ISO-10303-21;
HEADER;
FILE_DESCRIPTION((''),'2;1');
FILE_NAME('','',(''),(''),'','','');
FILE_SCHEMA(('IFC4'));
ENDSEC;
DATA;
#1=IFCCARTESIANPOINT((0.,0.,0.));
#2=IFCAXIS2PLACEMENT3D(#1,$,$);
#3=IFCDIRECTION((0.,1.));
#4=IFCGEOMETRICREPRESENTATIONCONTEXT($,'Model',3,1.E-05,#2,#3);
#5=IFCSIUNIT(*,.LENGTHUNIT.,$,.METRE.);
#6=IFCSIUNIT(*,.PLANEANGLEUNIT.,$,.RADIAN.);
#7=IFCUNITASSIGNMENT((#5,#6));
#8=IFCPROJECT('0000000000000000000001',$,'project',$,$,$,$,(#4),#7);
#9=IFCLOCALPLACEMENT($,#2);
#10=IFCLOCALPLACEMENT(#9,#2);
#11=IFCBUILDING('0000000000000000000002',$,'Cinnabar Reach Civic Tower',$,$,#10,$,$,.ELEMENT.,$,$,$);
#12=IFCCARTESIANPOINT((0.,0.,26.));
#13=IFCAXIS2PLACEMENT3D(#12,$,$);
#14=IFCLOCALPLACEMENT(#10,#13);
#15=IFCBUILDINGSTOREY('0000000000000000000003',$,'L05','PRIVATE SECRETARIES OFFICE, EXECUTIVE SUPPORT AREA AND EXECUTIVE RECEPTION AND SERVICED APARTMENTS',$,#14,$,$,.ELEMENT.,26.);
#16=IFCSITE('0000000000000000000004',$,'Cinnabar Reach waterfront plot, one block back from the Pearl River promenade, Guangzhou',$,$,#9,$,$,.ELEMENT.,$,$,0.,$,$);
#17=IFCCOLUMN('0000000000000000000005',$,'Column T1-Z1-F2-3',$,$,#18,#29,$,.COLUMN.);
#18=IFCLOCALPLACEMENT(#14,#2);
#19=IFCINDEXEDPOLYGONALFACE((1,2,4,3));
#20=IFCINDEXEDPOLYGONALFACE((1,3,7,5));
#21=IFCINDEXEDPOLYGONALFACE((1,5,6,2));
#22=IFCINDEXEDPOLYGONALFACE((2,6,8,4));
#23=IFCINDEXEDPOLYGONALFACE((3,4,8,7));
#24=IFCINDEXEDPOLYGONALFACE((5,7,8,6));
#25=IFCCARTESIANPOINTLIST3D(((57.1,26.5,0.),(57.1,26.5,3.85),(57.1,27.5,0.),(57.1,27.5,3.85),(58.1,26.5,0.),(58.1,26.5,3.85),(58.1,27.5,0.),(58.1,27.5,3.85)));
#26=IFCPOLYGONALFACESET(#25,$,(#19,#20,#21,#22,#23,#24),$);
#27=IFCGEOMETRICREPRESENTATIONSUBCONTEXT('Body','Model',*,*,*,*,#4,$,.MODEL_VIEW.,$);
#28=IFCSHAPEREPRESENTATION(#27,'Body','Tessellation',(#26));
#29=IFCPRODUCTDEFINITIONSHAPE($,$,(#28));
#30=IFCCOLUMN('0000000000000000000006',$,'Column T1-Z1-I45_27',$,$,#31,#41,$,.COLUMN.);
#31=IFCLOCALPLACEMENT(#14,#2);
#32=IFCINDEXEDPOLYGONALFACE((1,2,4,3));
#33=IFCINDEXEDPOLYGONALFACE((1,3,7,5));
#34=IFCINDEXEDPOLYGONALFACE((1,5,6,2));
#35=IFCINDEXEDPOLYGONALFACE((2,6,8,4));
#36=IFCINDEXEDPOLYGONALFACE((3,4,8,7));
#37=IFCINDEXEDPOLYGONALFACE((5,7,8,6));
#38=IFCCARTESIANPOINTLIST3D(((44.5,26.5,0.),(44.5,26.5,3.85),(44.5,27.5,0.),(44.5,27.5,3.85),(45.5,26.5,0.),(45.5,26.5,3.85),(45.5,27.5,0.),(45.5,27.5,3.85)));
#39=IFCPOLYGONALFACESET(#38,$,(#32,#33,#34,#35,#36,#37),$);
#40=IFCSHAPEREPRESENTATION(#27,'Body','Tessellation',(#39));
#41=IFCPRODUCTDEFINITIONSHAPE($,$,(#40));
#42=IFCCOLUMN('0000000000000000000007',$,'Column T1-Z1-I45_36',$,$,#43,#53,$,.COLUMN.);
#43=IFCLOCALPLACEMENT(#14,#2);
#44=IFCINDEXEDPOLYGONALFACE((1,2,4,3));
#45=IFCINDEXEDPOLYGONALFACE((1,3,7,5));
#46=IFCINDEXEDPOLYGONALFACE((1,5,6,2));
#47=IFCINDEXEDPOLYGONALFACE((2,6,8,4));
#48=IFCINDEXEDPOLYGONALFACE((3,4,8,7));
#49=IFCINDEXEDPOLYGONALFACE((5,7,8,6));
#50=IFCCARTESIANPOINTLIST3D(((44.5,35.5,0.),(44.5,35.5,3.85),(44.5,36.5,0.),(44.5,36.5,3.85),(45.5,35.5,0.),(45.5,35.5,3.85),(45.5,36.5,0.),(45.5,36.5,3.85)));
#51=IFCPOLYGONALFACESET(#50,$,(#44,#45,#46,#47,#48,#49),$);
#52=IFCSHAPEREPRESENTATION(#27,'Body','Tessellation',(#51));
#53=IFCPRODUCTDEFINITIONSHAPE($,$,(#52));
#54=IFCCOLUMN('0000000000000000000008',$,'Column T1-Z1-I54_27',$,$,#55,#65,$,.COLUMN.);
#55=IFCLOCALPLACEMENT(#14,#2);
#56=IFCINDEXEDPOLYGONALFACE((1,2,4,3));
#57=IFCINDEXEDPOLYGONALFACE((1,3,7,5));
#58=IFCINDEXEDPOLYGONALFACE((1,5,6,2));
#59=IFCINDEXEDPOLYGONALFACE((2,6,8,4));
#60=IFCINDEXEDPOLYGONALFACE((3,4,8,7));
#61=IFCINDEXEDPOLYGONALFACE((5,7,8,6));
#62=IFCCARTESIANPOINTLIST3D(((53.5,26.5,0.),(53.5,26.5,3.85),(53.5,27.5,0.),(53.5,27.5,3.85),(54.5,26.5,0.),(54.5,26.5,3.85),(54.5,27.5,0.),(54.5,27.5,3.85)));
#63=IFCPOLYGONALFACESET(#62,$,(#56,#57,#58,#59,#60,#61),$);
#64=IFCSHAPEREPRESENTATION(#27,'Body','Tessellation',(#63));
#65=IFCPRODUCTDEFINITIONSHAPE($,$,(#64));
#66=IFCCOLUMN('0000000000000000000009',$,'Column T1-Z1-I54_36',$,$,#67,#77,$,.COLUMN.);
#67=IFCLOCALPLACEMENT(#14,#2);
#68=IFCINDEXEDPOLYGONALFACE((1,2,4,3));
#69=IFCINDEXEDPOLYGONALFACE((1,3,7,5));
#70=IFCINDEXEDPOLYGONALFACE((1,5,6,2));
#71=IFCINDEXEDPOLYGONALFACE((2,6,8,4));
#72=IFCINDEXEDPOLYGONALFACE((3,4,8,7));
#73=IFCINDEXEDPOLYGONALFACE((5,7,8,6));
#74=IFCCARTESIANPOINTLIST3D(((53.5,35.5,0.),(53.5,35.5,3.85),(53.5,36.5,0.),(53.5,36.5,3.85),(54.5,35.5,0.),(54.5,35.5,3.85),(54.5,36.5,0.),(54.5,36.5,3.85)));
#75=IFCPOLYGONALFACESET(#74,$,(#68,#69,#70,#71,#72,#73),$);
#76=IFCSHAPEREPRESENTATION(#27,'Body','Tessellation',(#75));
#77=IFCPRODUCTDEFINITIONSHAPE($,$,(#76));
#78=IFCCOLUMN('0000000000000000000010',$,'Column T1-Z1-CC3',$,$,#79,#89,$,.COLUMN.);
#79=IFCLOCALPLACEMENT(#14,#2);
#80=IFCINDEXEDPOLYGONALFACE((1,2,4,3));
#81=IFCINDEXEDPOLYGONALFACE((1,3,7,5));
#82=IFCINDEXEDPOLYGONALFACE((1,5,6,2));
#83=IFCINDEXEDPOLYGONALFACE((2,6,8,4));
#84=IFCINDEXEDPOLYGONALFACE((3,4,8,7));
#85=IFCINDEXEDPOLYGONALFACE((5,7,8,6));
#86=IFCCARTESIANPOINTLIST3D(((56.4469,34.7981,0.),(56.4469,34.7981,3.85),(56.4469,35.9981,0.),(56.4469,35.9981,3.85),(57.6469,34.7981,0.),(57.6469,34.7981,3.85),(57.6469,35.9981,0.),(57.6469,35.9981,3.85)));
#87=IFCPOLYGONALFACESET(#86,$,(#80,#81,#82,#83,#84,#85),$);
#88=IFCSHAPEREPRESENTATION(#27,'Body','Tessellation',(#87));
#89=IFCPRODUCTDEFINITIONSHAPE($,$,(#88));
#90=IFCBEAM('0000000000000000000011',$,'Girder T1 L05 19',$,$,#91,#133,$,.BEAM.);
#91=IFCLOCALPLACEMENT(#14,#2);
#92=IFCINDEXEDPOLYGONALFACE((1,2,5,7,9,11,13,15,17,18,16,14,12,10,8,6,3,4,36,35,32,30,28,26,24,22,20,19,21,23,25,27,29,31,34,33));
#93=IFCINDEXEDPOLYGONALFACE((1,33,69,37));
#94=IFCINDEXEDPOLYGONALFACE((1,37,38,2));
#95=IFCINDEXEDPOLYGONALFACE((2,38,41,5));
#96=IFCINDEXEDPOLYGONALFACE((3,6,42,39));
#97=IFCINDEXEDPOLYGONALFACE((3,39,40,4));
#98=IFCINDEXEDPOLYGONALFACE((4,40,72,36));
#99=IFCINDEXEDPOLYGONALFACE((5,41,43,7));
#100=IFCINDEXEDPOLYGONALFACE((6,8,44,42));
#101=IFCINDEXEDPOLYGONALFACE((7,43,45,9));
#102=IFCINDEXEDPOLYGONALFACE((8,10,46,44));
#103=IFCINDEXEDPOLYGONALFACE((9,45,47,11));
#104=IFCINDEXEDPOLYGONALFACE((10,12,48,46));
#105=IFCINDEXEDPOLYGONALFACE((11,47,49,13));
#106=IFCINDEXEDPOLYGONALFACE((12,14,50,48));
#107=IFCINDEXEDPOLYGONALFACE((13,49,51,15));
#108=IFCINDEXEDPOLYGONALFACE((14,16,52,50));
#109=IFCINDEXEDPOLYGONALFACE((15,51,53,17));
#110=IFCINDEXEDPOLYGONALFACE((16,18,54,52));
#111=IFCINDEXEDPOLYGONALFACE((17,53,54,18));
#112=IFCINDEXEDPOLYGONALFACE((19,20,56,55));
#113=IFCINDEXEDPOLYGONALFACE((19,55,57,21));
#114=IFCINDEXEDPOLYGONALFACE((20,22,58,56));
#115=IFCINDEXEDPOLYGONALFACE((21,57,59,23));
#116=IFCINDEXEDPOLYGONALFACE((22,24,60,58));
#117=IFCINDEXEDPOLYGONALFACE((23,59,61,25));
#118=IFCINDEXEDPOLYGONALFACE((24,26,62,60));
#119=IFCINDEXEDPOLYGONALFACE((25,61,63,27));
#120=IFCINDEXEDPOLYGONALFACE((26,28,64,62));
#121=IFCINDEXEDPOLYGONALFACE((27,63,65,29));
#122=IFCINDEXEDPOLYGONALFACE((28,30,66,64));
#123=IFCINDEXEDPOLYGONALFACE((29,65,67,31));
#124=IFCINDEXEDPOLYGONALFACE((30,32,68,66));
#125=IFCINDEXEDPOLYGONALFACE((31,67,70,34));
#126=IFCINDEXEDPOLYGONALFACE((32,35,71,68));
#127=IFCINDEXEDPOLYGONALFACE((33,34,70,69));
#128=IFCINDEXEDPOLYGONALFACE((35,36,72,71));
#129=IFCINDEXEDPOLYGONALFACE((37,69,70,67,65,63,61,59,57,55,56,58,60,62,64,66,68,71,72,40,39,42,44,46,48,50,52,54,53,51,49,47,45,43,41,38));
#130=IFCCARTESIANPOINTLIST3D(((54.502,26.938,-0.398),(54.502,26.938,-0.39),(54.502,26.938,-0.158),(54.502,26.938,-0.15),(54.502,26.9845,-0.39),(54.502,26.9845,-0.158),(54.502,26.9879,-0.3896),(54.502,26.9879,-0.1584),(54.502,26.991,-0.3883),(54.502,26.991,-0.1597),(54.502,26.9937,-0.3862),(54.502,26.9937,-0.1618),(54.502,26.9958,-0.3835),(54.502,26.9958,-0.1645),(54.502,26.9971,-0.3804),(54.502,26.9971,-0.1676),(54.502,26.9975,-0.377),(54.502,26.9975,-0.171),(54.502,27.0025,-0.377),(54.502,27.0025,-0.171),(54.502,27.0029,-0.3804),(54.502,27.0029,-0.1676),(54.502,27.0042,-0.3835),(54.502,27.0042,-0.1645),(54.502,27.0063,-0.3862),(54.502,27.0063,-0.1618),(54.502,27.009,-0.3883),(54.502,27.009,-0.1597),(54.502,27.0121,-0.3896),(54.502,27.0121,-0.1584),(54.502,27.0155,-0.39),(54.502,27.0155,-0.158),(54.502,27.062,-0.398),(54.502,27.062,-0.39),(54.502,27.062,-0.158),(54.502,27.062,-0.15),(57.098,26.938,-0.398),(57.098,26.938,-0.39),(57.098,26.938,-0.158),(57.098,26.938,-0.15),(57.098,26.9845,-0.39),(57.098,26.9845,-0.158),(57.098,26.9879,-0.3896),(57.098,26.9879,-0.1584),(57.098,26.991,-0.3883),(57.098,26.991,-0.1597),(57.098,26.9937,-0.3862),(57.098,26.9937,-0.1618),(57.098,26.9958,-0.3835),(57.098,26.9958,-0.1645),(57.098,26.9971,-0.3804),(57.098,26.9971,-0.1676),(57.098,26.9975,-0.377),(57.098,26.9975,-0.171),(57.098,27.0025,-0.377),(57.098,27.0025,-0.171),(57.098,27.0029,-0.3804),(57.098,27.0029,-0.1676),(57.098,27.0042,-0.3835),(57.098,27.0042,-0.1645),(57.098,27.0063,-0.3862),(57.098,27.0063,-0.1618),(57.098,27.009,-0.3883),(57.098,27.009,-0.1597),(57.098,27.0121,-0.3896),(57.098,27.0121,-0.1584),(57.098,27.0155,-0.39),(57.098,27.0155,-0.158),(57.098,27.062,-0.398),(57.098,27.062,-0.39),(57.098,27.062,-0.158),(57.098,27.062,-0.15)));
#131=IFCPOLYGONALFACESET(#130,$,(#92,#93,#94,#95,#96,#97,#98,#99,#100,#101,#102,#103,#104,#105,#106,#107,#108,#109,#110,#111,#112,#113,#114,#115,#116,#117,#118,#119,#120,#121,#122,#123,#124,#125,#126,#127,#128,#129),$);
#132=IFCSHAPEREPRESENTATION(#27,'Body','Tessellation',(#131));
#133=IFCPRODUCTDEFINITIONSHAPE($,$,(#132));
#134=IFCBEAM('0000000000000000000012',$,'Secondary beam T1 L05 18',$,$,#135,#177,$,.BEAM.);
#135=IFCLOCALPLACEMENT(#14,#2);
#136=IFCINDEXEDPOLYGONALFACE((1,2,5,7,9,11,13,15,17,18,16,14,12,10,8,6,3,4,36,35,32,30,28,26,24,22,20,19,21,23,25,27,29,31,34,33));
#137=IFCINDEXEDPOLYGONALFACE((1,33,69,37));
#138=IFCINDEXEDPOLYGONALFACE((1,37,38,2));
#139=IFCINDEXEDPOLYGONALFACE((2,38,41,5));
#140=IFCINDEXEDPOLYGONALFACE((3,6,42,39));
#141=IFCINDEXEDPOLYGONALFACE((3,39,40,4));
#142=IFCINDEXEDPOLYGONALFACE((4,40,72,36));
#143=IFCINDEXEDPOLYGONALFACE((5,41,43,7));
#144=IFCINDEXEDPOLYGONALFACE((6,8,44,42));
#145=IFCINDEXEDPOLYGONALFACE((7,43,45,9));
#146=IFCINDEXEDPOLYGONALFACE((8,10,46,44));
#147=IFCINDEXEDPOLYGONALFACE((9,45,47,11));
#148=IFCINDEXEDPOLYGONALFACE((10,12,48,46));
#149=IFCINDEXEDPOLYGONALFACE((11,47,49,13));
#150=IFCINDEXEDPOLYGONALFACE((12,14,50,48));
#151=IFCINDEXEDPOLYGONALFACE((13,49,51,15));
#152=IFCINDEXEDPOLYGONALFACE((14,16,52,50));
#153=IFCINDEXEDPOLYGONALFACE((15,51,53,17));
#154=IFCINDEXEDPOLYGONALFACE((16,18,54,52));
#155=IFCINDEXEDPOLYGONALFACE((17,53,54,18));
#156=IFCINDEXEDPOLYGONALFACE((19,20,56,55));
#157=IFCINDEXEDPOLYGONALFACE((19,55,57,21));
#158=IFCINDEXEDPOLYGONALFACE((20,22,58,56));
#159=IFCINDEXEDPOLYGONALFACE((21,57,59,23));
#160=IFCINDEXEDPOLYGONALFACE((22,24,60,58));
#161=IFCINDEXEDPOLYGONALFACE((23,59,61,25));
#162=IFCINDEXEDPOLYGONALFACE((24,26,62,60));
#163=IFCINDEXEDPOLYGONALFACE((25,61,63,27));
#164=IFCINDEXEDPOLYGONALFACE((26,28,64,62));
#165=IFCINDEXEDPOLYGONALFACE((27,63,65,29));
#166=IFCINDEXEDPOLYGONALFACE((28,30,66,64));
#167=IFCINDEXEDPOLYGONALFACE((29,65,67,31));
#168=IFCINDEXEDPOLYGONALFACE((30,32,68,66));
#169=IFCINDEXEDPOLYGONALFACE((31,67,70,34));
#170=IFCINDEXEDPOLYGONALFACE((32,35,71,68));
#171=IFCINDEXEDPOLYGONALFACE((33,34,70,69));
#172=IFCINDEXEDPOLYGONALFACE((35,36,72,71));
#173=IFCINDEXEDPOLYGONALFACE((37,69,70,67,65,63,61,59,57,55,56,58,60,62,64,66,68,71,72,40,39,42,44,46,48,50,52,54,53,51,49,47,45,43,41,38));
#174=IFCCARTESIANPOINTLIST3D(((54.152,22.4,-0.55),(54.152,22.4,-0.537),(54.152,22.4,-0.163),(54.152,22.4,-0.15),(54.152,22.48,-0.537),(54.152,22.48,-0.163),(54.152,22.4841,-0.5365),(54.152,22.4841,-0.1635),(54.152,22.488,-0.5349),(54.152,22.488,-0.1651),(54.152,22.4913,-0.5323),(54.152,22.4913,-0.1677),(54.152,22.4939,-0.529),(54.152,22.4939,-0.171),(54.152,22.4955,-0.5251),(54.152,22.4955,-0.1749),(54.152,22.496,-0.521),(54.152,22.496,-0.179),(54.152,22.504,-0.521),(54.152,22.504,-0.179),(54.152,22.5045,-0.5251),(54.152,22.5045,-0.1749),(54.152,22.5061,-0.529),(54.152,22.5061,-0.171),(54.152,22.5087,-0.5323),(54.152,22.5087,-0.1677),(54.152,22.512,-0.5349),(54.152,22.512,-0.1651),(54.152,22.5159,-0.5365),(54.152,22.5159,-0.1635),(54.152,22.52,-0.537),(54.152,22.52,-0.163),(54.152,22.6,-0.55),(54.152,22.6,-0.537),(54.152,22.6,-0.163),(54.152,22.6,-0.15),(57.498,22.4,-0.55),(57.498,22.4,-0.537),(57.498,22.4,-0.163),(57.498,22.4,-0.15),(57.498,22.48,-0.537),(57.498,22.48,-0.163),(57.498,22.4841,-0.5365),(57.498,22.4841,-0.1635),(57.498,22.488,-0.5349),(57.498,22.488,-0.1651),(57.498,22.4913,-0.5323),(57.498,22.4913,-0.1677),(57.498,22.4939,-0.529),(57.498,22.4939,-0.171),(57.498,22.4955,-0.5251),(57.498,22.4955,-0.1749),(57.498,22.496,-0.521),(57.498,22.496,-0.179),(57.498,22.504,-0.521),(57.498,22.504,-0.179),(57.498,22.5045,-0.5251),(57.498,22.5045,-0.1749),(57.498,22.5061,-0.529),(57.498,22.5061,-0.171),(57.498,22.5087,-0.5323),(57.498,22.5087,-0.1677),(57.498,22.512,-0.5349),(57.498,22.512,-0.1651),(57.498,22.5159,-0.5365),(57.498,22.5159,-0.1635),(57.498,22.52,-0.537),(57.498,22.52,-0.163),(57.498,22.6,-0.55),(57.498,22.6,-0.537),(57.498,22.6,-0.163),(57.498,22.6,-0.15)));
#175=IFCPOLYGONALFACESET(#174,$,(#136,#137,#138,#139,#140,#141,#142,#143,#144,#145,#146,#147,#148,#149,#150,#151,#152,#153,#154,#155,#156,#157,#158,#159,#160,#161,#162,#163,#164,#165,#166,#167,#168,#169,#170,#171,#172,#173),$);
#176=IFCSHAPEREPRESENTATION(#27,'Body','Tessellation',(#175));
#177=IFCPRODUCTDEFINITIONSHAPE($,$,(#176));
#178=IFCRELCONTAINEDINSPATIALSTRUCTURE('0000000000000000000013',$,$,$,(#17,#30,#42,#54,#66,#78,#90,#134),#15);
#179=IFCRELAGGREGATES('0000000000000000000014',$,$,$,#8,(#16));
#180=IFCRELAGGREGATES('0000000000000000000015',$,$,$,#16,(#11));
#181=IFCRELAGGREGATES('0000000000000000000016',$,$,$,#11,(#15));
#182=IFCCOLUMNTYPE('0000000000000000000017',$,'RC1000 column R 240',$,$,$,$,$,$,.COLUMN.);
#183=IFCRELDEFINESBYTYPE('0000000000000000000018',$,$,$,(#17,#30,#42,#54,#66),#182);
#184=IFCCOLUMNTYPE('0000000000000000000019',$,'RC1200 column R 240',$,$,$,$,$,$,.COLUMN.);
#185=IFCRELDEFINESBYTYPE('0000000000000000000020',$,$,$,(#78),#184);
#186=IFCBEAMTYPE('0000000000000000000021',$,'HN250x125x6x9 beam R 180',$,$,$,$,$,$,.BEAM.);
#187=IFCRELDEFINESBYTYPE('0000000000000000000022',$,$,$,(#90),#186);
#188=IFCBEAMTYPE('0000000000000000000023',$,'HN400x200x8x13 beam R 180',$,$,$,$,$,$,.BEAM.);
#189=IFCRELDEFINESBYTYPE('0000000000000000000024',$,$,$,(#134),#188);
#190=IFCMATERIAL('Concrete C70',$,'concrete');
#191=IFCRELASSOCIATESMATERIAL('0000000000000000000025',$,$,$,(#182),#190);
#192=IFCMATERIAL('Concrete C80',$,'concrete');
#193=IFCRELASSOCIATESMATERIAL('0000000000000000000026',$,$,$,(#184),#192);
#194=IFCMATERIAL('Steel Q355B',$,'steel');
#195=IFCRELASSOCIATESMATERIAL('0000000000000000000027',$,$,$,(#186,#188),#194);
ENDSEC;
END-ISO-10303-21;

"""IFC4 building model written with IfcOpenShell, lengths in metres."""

from ifc_helpers import new_model, si_unit, direction, frame, origin, origin_2d, place, context, subcontext, project, spatial, rectangle, i_section, extrude, material, material_profile, profile_set, type_object, element, save


model = new_model("IFC4")

# Units and contexts
model_context = context("Model", 3, precision=1e-05, world=origin(), true_north=direction((0.0, 1.0)))
body_context = subcontext(model_context, "Body", "Model", "MODEL_VIEW")
ifc_project = project(units=[si_unit("LENGTHUNIT", "METRE"), si_unit("PLANEANGLEUNIT", "RADIAN")], contexts=[model_context])

# Site, building, storey
site_placement = place(None, origin())
site = spatial("IfcSite", under=ifc_project, at=site_placement, Name="Cinnabar Reach waterfront plot, one block back from the Pearl River promenade, Guangzhou", CompositionType="ELEMENT", RefElevation=0.0)
building_placement = place(site_placement, origin())
building = spatial("IfcBuilding", under=site, at=building_placement, Name="Cinnabar Reach Civic Tower", CompositionType="ELEMENT")
storey_placement = place(building_placement, frame((0.0, 0.0, 26.0)))
storey = spatial("IfcBuildingStorey", under=building, at=storey_placement, Name="L05", Description="PRIVATE SECRETARIES OFFICE, EXECUTIVE SUPPORT AREA AND EXECUTIVE RECEPTION AND SERVICED APARTMENTS", CompositionType="ELEMENT", Elevation=26.0)

# Columns
ifc_material_1 = material(Name="Concrete C70", Category="concrete")
ifc_material_profile_1 = material_profile(ifc_material_1, rectangle(XDim=1.0, YDim=1.0, at=origin_2d()), Name="RC1000")
ifc_profile_set_1 = profile_set([ifc_material_profile_1], Name="Concrete C70")
column_type_1 = type_object("IfcColumnType", Name="RC1000 column R 240", PredefinedType="COLUMN", material=ifc_profile_set_1)
for number, where, z_axis, x_axis, name in (
    (1, (57.6, 27.0, 0.0), (0.0, 0.0, 1.0), (1.0, 0.0, 0.0), "Column T1-Z1-F2-3"),
    (2, (45.0, 27.0, 0.0), (0.0, 0.0, 1.0), (1.0, 0.0, 0.0), "Column T1-Z1-I45_27"),
    (3, (45.0, 36.0, 0.0), (0.0, 0.0, 1.0), (1.0, 0.0, 0.0), "Column T1-Z1-I45_36"),
    (4, (54.0, 27.0, 0.0), (0.0, 0.0, 1.0), (1.0, 0.0, 0.0), "Column T1-Z1-I54_27"),
    (5, (54.0, 36.0, 0.0), (0.0, 0.0, 1.0), (1.0, 0.0, 0.0), "Column T1-Z1-I54_36"),
):
    element("IfcColumn", number, at=place(storey_placement, frame(where, z_axis=z_axis, x_axis=x_axis)), inside=storey, type_object=column_type_1, Name=name, PredefinedType="COLUMN", context=body_context, shape_type="SweptSolid", body=[
        extrude(rectangle(XDim=1.0, YDim=1.0, at=origin_2d()), origin(), (0.0, 0.0, 1.0), 3.85),
    ])
ifc_material_2 = material(Name="Concrete C80", Category="concrete")
ifc_material_profile_2 = material_profile(ifc_material_2, rectangle(XDim=1.2, YDim=1.2, at=origin_2d()), Name="RC1200")
ifc_profile_set_2 = profile_set([ifc_material_profile_2], Name="Concrete C80")
column_type_2 = type_object("IfcColumnType", Name="RC1200 column R 240", PredefinedType="COLUMN", material=ifc_profile_set_2)
column_placement = place(storey_placement, frame((57.0469, 35.3981, 0.0), z_axis=(0.0, 0.0, 1.0), x_axis=(1.0, 0.0, 0.0)))
element("IfcColumn", 6, at=column_placement, inside=storey, type_object=column_type_2, Name="Column T1-Z1-CC3", PredefinedType="COLUMN", context=body_context, shape_type="SweptSolid", body=[
    extrude(rectangle(XDim=1.2, YDim=1.2, at=origin_2d()), origin(), (0.0, 0.0, 1.0), 3.85),
])

# Beams
ifc_material_3 = material(Name="Steel Q355B", Category="steel")
ifc_material_profile_3 = material_profile(ifc_material_3, i_section(OverallWidth=0.124, OverallDepth=0.248, WebThickness=0.005, FlangeThickness=0.008, FilletRadius=0.013, at=origin_2d()), Name="HN250x125x6x9")
ifc_profile_set_3 = profile_set([ifc_material_profile_3], Name="Steel Q355B")
beam_type_1 = type_object("IfcBeamType", Name="HN250x125x6x9 beam R 180", PredefinedType="BEAM", material=ifc_profile_set_3)
beam_1_placement = place(storey_placement, frame((54.502, 27.0, -0.274), z_axis=(1.0, 0.0, 0.0), x_axis=(0.0, 1.0, 0.0)))
element("IfcBeam", 7, at=beam_1_placement, inside=storey, type_object=beam_type_1, Name="Girder T1 L05 19", PredefinedType="BEAM", context=body_context, shape_type="SweptSolid", body=[
    extrude(i_section(OverallWidth=0.124, OverallDepth=0.248, WebThickness=0.005, FlangeThickness=0.008, FilletRadius=0.013, at=origin_2d()), origin(), (0.0, 0.0, 1.0), 2.596),
])
ifc_material_profile_4 = material_profile(ifc_material_3, i_section(OverallWidth=0.2, OverallDepth=0.4, WebThickness=0.008, FlangeThickness=0.013, FilletRadius=0.016, at=origin_2d()), Name="HN400x200x8x13")
ifc_profile_set_4 = profile_set([ifc_material_profile_4], Name="Steel Q355B")
beam_type_2 = type_object("IfcBeamType", Name="HN400x200x8x13 beam R 180", PredefinedType="BEAM", material=ifc_profile_set_4)
beam_2_placement = place(storey_placement, frame((54.152, 22.5, -0.35), z_axis=(1.0, 0.0, 0.0), x_axis=(0.0, 1.0, 0.0)))
element("IfcBeam", 8, at=beam_2_placement, inside=storey, type_object=beam_type_2, Name="Secondary beam T1 L05 18", PredefinedType="BEAM", context=body_context, shape_type="SweptSolid", body=[
    extrude(i_section(OverallWidth=0.2, OverallDepth=0.4, WebThickness=0.008, FlangeThickness=0.013, FilletRadius=0.016, at=origin_2d()), origin(), (0.0, 0.0, 1.0), 3.346),
])

save(model, "model.ifc")
